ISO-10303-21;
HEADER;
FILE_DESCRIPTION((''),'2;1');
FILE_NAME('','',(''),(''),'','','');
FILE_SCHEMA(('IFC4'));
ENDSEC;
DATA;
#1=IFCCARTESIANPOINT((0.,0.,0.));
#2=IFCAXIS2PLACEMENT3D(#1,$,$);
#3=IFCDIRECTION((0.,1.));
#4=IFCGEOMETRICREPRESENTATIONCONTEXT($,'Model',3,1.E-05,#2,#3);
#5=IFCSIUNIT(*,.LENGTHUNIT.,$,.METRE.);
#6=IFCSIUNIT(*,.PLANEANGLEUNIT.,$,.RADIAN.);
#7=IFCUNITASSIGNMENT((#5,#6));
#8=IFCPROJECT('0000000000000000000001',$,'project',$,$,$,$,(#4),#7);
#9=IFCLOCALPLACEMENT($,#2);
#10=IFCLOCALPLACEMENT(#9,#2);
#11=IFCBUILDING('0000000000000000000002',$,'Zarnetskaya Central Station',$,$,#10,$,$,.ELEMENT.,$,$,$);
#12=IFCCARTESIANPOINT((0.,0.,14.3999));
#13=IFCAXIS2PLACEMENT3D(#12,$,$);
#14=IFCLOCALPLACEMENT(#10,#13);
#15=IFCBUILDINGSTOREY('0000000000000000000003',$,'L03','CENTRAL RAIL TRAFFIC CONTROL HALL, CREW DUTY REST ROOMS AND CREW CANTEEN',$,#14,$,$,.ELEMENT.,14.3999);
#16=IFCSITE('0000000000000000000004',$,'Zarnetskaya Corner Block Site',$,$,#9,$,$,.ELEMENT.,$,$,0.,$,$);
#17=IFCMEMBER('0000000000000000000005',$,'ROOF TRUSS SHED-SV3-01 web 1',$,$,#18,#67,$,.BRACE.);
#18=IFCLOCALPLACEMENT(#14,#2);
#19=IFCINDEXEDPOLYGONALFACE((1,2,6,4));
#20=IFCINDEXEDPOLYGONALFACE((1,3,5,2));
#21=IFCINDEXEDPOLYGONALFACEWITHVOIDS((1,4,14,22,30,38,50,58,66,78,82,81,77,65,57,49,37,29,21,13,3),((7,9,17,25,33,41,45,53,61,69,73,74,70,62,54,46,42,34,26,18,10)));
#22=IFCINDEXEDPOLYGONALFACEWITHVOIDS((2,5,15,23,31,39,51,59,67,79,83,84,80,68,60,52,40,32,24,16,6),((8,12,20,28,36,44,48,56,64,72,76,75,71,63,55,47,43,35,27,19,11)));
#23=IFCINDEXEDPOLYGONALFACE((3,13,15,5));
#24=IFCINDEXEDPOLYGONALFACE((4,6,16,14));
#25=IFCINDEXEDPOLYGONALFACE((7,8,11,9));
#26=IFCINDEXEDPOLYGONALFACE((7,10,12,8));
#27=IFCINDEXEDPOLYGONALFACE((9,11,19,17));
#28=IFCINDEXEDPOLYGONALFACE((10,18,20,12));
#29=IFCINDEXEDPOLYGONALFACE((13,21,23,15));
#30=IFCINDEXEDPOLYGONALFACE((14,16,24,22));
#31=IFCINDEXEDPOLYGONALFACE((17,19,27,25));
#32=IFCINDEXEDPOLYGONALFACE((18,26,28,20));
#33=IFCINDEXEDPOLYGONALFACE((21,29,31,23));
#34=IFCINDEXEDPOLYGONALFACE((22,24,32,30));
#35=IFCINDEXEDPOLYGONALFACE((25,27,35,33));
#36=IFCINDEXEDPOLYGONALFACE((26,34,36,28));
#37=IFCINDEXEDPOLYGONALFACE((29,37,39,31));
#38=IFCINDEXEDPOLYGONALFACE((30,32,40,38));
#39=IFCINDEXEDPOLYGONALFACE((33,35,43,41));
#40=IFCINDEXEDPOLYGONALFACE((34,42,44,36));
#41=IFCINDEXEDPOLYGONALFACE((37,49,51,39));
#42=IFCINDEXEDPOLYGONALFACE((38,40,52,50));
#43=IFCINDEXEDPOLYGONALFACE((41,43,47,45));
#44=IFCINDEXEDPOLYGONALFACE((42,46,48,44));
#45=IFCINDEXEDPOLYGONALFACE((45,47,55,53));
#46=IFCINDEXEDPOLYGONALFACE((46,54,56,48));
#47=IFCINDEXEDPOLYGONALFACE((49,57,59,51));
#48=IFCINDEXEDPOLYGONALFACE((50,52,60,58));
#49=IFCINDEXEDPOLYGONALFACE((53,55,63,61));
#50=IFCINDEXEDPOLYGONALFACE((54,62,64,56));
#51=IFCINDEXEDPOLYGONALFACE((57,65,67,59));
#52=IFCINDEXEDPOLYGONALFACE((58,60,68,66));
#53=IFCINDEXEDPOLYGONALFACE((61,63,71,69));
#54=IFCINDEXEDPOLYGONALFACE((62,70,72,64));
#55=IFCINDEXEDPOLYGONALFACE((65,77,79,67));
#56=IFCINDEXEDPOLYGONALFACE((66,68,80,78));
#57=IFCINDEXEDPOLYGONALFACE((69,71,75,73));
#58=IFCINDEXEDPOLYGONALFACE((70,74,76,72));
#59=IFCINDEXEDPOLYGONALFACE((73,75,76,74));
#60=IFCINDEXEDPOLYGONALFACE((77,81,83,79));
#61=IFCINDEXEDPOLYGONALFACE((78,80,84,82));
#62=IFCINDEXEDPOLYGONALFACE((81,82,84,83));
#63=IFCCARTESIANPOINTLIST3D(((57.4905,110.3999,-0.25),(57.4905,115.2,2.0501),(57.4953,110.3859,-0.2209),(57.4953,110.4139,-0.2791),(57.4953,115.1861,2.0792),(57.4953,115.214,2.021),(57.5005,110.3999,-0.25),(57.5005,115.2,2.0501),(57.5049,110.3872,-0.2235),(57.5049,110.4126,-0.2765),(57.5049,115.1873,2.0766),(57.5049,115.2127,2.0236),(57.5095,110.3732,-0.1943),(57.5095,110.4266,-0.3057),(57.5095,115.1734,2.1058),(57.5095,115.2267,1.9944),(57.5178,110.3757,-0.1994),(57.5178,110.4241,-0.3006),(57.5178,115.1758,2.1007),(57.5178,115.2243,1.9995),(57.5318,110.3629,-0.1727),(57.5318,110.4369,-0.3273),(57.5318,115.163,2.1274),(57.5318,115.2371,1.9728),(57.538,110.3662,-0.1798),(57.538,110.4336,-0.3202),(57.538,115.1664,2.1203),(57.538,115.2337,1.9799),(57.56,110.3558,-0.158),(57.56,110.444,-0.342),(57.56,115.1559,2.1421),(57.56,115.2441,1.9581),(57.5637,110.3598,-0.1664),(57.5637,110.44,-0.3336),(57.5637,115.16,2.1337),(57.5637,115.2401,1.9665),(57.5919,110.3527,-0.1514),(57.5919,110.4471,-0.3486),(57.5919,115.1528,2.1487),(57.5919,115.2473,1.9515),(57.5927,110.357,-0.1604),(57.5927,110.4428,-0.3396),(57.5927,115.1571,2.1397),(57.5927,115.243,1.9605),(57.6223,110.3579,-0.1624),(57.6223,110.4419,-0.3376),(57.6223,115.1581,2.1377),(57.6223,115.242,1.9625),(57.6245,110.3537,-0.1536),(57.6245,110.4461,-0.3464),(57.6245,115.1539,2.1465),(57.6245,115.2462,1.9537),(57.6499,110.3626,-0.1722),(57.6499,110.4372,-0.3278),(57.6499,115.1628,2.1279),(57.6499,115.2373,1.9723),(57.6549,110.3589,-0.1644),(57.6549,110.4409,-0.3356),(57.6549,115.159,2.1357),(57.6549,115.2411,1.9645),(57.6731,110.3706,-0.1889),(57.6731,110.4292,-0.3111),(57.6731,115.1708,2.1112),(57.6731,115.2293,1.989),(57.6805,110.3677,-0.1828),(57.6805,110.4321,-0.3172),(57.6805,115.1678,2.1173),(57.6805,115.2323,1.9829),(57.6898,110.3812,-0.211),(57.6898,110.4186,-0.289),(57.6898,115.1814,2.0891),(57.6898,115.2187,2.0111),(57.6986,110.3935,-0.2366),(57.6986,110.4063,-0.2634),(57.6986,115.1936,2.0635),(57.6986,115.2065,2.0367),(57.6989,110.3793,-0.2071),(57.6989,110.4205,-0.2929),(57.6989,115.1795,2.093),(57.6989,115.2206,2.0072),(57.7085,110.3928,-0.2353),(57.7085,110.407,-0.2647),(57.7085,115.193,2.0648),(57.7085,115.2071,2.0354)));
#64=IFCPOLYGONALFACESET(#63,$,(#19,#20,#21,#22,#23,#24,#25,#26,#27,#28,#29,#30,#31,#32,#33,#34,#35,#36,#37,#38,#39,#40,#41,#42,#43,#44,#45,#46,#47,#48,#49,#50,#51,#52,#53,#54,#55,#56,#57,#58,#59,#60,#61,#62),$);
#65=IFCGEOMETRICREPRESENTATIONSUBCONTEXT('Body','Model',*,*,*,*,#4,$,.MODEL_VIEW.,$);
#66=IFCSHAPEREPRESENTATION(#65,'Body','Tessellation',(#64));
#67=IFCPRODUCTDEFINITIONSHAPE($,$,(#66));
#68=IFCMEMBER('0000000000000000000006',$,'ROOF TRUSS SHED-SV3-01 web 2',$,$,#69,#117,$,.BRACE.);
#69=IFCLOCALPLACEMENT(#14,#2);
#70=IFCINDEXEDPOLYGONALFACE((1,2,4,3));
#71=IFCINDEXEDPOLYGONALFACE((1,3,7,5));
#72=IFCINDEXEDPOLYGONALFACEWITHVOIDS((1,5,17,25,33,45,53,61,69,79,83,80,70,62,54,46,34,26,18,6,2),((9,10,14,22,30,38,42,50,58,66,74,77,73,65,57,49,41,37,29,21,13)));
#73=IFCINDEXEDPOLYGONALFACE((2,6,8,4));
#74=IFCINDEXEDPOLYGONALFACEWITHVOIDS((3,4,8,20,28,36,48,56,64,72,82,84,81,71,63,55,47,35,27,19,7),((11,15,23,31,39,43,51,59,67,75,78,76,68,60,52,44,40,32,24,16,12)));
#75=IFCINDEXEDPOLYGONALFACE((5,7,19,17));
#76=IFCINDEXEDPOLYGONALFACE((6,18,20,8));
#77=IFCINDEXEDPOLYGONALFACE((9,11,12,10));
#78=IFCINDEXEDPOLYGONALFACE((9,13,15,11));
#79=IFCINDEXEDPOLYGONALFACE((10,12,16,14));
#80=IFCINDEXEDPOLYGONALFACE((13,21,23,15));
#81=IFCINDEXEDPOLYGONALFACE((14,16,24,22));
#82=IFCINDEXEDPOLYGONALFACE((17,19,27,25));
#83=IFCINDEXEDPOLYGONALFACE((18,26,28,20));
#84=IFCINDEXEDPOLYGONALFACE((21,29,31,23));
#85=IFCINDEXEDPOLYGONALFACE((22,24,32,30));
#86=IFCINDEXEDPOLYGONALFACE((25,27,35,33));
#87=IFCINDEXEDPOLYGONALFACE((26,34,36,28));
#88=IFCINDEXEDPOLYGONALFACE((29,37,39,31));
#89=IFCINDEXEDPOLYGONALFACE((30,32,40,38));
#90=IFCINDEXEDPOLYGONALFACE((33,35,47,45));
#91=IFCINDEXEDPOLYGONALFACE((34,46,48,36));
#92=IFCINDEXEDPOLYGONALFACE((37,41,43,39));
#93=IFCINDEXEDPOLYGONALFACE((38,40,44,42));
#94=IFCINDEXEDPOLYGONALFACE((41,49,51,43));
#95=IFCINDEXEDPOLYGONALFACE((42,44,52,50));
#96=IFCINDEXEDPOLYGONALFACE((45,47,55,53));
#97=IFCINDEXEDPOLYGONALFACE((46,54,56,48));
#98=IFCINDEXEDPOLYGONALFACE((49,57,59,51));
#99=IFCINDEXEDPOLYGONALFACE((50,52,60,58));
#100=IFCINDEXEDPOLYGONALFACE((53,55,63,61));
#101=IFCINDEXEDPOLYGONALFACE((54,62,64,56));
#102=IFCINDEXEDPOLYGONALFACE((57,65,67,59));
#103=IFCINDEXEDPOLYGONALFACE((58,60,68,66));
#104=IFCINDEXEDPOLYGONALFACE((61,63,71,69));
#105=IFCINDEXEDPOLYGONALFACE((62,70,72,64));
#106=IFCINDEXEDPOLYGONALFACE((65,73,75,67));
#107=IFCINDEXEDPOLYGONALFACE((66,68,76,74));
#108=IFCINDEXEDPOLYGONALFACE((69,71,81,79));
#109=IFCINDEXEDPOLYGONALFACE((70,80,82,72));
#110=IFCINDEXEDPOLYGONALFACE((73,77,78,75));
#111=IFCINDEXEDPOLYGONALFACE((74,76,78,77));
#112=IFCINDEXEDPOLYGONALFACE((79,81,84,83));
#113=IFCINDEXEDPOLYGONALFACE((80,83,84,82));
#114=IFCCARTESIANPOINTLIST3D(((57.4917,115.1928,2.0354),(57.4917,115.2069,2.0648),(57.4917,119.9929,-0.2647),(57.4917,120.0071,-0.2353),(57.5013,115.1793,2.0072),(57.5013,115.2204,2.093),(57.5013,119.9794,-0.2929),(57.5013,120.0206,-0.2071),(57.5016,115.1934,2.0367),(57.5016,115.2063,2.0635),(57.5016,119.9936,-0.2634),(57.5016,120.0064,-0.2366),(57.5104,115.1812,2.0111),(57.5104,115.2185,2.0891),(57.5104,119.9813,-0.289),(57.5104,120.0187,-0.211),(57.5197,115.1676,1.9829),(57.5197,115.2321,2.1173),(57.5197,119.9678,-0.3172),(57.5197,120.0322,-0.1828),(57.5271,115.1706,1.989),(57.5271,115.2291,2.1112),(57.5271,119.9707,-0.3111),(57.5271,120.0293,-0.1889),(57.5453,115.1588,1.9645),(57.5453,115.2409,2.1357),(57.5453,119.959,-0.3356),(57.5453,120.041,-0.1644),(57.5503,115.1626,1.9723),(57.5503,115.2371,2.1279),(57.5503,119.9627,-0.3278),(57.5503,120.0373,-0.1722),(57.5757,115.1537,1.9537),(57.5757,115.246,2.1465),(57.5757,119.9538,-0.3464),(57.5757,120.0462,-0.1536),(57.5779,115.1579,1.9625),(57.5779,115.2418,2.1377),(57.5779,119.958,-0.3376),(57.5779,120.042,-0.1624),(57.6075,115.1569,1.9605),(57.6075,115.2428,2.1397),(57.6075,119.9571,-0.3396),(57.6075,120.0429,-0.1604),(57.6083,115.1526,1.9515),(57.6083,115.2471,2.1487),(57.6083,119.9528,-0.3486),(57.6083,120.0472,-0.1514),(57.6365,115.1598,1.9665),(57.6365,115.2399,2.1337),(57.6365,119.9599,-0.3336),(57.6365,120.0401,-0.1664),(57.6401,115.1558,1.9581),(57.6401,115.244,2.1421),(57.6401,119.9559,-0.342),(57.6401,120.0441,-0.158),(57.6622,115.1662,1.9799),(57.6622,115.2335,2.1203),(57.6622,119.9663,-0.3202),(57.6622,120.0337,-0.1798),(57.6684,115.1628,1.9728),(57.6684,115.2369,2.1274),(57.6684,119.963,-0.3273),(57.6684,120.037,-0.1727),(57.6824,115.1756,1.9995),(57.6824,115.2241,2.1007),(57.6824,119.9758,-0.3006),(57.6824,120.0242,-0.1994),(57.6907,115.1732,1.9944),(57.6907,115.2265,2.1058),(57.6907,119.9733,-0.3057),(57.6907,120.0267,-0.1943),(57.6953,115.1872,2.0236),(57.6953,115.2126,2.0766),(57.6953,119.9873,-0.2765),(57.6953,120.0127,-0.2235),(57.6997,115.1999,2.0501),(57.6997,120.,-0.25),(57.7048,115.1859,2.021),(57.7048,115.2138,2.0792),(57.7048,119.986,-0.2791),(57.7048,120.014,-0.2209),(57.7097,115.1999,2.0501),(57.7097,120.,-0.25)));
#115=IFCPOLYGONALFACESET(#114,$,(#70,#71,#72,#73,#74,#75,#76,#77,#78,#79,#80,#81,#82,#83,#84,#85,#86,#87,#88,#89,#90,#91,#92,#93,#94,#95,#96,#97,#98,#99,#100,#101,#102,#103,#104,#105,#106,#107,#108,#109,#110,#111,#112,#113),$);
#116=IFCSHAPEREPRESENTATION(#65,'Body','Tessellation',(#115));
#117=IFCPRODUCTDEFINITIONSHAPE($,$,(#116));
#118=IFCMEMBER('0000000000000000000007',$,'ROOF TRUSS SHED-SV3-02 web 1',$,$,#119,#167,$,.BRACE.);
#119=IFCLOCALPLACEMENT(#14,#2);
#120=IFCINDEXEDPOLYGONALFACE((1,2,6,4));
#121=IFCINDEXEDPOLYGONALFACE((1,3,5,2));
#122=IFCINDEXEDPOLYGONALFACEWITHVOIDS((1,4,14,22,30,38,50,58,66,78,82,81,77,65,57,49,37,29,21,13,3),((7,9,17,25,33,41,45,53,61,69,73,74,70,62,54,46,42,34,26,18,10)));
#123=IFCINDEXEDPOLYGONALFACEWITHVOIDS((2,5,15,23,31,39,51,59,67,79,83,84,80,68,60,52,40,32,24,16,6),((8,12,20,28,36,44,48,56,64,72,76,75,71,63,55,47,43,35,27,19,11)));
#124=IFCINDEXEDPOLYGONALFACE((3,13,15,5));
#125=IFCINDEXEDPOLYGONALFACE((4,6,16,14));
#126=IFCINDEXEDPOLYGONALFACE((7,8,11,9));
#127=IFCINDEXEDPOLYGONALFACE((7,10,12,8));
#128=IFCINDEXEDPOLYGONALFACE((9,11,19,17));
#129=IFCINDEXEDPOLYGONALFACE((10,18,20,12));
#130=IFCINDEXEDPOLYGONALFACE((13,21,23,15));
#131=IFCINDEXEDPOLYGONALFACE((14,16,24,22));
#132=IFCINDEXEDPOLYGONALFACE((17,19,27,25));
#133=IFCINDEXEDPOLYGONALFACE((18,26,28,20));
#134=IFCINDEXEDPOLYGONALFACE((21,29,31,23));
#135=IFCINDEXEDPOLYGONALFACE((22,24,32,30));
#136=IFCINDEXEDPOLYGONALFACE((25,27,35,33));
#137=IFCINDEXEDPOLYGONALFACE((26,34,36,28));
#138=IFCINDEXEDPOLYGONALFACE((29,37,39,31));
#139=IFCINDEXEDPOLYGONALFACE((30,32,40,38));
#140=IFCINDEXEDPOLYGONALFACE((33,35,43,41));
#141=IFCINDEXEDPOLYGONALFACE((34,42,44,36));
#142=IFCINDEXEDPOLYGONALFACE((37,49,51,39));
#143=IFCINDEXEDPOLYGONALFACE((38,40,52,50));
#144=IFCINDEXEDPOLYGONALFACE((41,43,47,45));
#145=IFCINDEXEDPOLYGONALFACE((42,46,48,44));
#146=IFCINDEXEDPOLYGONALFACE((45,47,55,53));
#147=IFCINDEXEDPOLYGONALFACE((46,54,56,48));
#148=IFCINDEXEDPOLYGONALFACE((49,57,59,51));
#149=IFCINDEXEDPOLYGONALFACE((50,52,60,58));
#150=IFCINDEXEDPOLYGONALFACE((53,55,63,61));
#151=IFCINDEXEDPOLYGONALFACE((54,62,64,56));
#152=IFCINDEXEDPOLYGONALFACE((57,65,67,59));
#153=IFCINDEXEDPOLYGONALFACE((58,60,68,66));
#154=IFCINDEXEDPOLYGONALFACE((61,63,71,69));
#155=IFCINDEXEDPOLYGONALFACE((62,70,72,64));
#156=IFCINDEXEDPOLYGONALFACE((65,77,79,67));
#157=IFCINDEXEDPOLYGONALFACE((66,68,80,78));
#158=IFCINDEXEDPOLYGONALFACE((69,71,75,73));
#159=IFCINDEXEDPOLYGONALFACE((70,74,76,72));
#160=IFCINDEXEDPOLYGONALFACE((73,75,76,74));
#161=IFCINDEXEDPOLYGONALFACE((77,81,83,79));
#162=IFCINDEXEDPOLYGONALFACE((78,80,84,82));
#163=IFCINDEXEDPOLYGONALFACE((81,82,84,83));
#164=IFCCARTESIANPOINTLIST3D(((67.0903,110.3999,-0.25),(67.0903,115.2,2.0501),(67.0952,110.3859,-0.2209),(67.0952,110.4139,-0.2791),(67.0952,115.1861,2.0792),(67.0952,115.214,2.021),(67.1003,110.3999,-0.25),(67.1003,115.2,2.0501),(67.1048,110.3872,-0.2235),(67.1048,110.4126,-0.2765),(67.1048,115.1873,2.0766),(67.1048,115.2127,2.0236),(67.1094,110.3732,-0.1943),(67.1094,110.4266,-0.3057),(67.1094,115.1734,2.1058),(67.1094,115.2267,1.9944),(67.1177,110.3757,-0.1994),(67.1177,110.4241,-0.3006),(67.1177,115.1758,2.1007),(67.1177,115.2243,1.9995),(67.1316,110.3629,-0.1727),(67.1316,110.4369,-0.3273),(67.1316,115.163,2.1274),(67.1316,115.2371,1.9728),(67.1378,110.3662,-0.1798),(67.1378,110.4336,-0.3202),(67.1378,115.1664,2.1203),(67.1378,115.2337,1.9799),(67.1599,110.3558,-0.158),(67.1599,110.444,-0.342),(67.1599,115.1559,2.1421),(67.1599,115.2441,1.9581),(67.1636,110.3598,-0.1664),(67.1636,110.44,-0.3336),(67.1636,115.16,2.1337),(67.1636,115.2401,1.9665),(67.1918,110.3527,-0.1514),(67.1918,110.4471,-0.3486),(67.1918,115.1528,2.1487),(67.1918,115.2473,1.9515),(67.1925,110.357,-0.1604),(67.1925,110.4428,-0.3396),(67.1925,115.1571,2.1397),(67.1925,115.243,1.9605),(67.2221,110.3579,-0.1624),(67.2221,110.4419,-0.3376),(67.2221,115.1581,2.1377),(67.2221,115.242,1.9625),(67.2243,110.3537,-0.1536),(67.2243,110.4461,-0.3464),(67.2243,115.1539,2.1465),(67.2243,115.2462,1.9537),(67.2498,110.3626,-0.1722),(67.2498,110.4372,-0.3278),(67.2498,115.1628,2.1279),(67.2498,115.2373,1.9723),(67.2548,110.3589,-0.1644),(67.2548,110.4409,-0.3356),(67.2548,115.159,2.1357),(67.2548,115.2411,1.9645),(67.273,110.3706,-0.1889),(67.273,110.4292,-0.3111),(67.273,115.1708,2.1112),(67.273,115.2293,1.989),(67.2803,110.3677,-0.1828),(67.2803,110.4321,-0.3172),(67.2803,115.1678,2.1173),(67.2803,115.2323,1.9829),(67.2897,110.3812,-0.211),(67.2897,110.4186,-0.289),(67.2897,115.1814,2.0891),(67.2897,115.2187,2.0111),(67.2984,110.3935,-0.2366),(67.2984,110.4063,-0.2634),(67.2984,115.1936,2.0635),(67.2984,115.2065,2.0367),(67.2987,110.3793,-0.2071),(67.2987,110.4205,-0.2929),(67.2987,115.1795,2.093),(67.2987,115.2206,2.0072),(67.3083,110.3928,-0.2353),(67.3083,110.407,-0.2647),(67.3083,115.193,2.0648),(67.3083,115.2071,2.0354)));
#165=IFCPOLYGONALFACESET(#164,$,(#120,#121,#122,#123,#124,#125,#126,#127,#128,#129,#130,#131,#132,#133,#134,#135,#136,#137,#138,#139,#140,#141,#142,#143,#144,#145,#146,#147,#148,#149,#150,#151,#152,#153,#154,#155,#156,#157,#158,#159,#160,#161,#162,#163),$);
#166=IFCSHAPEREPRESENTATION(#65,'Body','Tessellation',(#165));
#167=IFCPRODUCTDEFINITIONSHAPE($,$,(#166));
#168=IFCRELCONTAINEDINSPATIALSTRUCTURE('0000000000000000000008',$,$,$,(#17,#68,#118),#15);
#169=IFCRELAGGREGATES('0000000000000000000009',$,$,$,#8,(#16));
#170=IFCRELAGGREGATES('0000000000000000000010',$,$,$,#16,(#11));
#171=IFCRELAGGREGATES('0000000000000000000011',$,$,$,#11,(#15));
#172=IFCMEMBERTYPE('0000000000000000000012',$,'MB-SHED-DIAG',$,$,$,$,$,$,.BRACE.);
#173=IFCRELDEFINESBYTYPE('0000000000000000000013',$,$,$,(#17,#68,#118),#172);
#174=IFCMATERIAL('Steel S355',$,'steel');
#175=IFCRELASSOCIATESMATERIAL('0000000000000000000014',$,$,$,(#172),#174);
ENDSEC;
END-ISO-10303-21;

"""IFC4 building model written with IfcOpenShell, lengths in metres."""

from ifc_helpers import new_model, si_unit, direction, frame, origin, origin_2d, place, context, subcontext, project, spatial, hollow_circle, extrude, material, material_profile, profile_set, type_object, element, save


model = new_model("IFC4")

# Units and contexts
model_context = context("Model", 3, precision=1e-05, world=origin(), true_north=direction((0.0, 1.0)))
body_context = subcontext(model_context, "Body", "Model", "MODEL_VIEW")
ifc_project = project(units=[si_unit("LENGTHUNIT", "METRE"), si_unit("PLANEANGLEUNIT", "RADIAN")], contexts=[model_context])

# Site, building, storey
site_placement = place(None, origin())
site = spatial("IfcSite", under=ifc_project, at=site_placement, Name="Zarnetskaya Corner Block Site", CompositionType="ELEMENT", RefElevation=0.0)
building_placement = place(site_placement, origin())
building = spatial("IfcBuilding", under=site, at=building_placement, Name="Zarnetskaya Central Station", CompositionType="ELEMENT")
storey_placement = place(building_placement, frame((0.0, 0.0, 14.3999)))
storey = spatial("IfcBuildingStorey", under=building, at=storey_placement, Name="L03", Description="CENTRAL RAIL TRAFFIC CONTROL HALL, CREW DUTY REST ROOMS AND CREW CANTEEN", CompositionType="ELEMENT", Elevation=14.3999)

# Shared definitions
ifc_material_1 = material(Name="Steel S355", Category="steel")

# Members
ifc_material_profile_1 = material_profile(ifc_material_1, hollow_circle(Radius=0.1096, WallThickness=0.01, at=origin_2d()), Name="CHS 219.1x10")
ifc_profile_set_1 = profile_set([ifc_material_profile_1], Name="Steel S355")
member_type_1 = type_object("IfcMemberType", Name="MB-SHED-DIAG", PredefinedType="BRACE", material=ifc_profile_set_1)
for number, where, z_axis, x_axis, name in (
    (1, (57.6001, 110.3999, -0.25), (0.0, 0.901814, 0.432124), (-1.0, 0.0, 0.0), "ROOF TRUSS SHED-SV3-01 web 1"),
    (2, (57.6001, 120.0, -0.25), (0.0, -0.901814, 0.432124), (1.0, 0.0, 0.0), "ROOF TRUSS SHED-SV3-01 web 2"),
    (3, (67.2, 110.3999, -0.25), (0.0, 0.901814, 0.432124), (-1.0, 0.0, 0.0), "ROOF TRUSS SHED-SV3-02 web 1"),
):
    element("IfcMember", number, at=place(storey_placement, frame(where, z_axis=z_axis, x_axis=x_axis)), inside=storey, type_object=member_type_1, Name=name, PredefinedType="BRACE", context=body_context, shape_type="SweptSolid", body=[
        extrude(hollow_circle(Radius=0.1096, WallThickness=0.01, at=origin_2d()), origin(), (0.0, 0.0, 1.0), 5.3228),
    ])

save(model, "model.ifc")
